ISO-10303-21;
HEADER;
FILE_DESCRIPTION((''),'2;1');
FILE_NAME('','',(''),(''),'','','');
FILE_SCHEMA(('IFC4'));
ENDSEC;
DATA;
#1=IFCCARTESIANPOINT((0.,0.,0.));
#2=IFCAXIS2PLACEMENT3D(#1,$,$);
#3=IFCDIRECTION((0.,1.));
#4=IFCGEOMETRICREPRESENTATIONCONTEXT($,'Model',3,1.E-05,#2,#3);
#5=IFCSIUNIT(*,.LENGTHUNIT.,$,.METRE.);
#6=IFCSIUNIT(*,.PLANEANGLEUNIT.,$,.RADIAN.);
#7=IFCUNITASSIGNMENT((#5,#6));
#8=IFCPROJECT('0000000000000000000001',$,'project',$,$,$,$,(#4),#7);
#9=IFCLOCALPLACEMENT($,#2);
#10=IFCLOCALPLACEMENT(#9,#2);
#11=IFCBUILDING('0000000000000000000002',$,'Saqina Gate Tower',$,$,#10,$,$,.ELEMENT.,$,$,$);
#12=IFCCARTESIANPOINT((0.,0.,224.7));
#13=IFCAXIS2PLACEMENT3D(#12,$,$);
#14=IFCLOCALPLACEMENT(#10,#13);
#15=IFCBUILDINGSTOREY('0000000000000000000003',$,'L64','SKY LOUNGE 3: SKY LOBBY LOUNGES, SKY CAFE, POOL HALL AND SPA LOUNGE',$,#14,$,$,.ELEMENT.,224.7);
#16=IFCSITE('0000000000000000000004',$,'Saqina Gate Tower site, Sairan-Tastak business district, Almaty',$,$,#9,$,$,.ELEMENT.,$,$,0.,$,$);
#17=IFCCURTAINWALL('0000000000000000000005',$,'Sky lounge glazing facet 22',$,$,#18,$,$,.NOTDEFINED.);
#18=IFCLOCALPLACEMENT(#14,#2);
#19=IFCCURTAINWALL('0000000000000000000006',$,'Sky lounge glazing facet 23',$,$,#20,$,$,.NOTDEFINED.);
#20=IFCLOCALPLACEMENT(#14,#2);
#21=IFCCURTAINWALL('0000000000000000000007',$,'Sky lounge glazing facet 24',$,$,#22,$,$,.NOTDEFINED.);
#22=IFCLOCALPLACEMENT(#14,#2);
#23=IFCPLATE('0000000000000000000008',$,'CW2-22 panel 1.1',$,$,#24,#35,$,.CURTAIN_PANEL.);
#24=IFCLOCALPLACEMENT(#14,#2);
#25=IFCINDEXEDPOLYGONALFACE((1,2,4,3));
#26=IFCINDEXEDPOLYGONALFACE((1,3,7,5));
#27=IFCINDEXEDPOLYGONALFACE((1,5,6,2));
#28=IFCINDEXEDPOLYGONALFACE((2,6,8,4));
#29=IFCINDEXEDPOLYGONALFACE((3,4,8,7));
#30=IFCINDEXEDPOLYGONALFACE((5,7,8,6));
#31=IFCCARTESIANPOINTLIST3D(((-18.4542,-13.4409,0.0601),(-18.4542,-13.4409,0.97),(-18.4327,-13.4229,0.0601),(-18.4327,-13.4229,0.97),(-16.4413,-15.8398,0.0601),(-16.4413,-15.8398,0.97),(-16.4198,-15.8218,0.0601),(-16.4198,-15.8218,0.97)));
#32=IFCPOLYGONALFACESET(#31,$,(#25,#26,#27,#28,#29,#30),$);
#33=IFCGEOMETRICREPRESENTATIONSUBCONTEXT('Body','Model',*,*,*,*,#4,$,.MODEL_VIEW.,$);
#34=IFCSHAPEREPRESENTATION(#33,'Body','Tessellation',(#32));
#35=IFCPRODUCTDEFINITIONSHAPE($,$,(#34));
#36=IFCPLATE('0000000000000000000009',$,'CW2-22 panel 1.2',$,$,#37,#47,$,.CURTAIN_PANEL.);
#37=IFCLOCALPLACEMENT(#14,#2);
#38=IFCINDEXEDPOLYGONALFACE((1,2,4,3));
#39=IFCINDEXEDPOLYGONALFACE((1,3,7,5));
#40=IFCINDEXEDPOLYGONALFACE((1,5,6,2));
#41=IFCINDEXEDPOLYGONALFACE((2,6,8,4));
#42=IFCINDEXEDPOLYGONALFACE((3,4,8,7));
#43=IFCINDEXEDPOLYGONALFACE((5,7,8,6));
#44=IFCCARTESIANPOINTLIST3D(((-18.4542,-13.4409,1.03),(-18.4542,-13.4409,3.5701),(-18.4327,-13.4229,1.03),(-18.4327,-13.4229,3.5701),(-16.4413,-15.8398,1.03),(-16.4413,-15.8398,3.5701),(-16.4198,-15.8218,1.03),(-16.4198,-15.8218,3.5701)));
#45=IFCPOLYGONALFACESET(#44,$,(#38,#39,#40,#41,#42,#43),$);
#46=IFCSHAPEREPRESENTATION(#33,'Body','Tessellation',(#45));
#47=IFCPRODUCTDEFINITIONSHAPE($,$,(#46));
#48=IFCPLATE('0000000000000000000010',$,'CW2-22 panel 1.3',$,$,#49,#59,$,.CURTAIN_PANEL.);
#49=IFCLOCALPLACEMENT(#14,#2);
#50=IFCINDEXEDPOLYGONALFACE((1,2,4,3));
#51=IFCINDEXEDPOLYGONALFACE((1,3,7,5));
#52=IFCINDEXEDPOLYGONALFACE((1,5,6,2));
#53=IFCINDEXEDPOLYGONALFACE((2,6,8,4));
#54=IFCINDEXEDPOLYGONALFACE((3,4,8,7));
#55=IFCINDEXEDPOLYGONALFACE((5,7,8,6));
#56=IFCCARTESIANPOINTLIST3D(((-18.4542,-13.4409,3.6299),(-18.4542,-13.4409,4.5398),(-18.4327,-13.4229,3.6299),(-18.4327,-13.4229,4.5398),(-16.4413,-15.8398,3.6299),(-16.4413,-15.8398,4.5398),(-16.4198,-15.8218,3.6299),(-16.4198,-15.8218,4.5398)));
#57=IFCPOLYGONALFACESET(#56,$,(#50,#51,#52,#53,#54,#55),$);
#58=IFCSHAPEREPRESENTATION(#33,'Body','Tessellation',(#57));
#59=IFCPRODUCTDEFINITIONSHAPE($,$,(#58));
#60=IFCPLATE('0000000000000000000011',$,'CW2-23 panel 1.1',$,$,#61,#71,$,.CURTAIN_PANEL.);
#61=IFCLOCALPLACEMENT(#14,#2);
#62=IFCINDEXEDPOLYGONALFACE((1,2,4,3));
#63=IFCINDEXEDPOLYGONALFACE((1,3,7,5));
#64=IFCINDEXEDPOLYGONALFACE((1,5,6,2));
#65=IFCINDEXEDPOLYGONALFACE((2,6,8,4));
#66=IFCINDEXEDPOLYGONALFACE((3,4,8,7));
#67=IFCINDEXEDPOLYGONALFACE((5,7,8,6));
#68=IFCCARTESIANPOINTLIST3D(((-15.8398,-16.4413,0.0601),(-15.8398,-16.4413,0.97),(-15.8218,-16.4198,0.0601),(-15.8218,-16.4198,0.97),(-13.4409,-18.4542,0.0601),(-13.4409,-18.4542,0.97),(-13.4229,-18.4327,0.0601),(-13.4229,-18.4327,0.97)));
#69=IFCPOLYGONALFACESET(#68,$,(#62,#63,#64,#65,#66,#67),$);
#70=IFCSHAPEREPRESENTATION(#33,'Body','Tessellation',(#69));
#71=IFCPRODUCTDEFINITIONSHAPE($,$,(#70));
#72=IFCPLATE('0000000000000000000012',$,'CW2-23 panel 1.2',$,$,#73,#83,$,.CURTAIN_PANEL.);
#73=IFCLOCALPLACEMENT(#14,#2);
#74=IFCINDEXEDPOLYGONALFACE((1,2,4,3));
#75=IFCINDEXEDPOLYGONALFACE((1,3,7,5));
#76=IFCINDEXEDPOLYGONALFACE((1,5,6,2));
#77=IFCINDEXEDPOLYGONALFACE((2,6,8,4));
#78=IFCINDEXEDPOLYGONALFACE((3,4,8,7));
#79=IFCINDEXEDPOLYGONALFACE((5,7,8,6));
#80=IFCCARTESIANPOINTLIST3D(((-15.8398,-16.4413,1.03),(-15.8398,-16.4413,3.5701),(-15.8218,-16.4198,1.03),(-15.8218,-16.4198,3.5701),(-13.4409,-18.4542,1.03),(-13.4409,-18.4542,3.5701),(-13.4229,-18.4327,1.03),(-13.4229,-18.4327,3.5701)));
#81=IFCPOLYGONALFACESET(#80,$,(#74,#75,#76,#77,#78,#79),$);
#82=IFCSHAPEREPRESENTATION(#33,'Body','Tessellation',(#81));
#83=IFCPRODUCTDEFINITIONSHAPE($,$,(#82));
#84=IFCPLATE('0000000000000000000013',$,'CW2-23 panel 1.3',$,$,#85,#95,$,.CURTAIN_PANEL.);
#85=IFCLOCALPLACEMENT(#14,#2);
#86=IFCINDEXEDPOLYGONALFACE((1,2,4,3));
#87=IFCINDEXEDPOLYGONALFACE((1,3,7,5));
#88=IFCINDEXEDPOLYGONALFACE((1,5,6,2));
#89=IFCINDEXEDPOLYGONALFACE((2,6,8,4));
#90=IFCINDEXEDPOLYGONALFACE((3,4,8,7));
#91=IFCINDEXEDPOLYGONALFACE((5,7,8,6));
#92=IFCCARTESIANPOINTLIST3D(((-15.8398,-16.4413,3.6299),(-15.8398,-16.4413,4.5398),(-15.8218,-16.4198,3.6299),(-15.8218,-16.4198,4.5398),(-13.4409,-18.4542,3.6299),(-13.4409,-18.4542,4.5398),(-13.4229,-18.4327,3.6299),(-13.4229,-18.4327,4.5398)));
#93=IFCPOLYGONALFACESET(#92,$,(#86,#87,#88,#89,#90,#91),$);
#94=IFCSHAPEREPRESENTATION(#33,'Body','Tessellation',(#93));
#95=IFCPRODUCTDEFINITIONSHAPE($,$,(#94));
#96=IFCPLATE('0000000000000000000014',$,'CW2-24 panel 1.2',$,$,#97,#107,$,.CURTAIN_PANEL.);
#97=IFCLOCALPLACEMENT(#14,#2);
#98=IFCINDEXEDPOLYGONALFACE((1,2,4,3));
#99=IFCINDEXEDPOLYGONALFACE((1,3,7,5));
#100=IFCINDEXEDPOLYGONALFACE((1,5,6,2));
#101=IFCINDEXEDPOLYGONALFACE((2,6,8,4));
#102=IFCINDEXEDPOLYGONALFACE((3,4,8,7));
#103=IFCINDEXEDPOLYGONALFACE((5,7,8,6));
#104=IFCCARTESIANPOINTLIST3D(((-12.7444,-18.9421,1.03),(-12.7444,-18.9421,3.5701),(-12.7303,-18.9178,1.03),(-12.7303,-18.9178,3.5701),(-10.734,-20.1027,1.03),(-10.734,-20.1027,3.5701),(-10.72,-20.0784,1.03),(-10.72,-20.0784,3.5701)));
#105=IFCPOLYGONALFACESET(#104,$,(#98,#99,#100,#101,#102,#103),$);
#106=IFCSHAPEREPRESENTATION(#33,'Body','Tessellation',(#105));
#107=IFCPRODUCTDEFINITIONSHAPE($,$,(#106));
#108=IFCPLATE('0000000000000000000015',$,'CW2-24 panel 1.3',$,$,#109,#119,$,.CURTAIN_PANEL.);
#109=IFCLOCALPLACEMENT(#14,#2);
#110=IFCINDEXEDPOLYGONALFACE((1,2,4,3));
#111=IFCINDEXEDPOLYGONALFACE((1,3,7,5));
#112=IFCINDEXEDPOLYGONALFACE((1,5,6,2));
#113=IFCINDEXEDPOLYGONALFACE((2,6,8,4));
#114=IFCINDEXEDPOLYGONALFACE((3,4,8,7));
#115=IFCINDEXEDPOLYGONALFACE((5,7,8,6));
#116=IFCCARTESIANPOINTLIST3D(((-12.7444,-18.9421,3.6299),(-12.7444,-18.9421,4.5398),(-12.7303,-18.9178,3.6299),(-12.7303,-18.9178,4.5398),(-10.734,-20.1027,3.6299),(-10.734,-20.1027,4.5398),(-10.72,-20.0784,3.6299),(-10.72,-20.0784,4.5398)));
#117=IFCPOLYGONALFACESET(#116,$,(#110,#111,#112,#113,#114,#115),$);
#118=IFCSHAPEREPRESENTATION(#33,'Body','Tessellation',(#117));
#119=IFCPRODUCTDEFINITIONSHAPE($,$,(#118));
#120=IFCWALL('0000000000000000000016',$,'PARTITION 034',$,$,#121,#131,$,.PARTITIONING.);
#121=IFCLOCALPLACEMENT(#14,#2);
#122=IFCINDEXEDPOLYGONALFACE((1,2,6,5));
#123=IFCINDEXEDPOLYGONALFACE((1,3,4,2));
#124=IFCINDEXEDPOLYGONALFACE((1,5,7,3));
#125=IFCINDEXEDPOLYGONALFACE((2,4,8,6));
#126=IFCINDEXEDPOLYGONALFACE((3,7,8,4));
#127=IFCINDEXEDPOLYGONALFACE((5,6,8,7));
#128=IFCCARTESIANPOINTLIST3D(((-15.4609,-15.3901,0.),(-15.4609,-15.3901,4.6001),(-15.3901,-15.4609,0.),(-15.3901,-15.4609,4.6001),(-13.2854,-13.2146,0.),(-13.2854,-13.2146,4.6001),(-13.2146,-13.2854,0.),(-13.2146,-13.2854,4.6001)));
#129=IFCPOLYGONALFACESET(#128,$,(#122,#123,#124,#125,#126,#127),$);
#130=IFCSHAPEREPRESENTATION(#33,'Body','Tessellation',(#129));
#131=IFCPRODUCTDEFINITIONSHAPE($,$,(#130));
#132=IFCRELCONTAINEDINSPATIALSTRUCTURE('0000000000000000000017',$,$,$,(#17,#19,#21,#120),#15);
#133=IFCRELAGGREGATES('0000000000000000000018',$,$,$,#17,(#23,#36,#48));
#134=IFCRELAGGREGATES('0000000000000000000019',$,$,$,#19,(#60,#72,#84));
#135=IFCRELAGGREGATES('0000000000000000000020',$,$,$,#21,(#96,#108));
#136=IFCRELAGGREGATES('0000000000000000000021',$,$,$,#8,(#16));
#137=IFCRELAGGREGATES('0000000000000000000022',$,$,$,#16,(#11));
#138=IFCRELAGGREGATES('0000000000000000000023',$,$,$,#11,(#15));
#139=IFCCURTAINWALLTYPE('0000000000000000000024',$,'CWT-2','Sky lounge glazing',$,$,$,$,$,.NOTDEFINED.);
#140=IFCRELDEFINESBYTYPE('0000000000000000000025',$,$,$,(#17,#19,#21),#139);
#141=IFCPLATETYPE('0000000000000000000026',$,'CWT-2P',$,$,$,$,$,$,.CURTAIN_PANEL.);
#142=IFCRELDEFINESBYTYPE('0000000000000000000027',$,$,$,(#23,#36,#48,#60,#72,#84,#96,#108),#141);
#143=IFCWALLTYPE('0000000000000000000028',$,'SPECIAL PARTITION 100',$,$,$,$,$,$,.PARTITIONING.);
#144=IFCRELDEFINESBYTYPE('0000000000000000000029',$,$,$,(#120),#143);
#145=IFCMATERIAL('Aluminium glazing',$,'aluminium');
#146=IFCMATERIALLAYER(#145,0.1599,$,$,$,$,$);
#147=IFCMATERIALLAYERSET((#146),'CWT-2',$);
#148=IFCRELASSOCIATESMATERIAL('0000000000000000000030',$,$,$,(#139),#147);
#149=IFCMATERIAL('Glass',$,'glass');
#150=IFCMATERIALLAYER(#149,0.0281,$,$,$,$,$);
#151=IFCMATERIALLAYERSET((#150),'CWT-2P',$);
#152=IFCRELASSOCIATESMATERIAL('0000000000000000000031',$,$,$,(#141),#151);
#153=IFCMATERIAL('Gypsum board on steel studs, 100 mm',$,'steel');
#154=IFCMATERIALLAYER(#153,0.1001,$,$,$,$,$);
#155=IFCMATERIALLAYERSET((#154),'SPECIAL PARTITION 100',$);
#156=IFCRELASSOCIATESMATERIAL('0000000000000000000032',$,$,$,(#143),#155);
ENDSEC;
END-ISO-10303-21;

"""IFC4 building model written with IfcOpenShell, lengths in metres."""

from ifc_helpers import new_model, si_unit, direction, frame, frame_2d, origin, origin_2d, place, context, subcontext, project, spatial, rectangle, extrude, material, layer, layer_set, type_object, element, aggregate, save


model = new_model("IFC4")

# Units and contexts
model_context = context("Model", 3, precision=1e-05, world=origin(), true_north=direction((0.0, 1.0)))
body_context = subcontext(model_context, "Body", "Model", "MODEL_VIEW")
ifc_project = project(units=[si_unit("LENGTHUNIT", "METRE"), si_unit("PLANEANGLEUNIT", "RADIAN")], contexts=[model_context])

# Site, building, storey
site_placement = place(None, origin())
site = spatial("IfcSite", under=ifc_project, at=site_placement, Name="Saqina Gate Tower site, Sairan-Tastak business district, Almaty", CompositionType="ELEMENT", RefElevation=0.0)
building_placement = place(site_placement, origin())
building = spatial("IfcBuilding", under=site, at=building_placement, Name="Saqina Gate Tower", CompositionType="ELEMENT")
storey_placement = place(building_placement, frame((0.0, 0.0, 224.7)))
storey = spatial("IfcBuildingStorey", under=building, at=storey_placement, Name="L64", Description="SKY LOUNGE 3: SKY LOBBY LOUNGES, SKY CAFE, POOL HALL AND SPA LOUNGE", CompositionType="ELEMENT", Elevation=224.7)

# Curtain wall
ifc_material_1 = material(Name="Aluminium glazing", Category="aluminium")
ifc_layer_1 = layer(ifc_material_1, 0.1599)
ifc_layer_set_1 = layer_set([ifc_layer_1], Name="CWT-2")
curtain_wall_type = type_object("IfcCurtainWallType", Name="CWT-2", Description="Sky lounge glazing", PredefinedType="NOTDEFINED", material=ifc_layer_set_1)
curtain_wall_1_placement = place(storey_placement, origin())
curtain_wall_1 = element("IfcCurtainWall", 1, at=curtain_wall_1_placement, inside=storey, type_object=curtain_wall_type, Name="Sky lounge glazing facet 22", PredefinedType="NOTDEFINED")

# Curtain wall
curtain_wall_2_placement = place(storey_placement, origin())
curtain_wall_2 = element("IfcCurtainWall", 2, at=curtain_wall_2_placement, inside=storey, type_object=curtain_wall_type, Name="Sky lounge glazing facet 23", PredefinedType="NOTDEFINED")

# Curtain wall
curtain_wall_3_placement = place(storey_placement, origin())
curtain_wall_3 = element("IfcCurtainWall", 3, at=curtain_wall_3_placement, inside=storey, type_object=curtain_wall_type, Name="Sky lounge glazing facet 24", PredefinedType="NOTDEFINED")

# Plates
ifc_material_2 = material(Name="Glass", Category="glass")
ifc_layer_2 = layer(ifc_material_2, 0.0281)
ifc_layer_set_2 = layer_set([ifc_layer_2], Name="CWT-2P")
plate_type = type_object("IfcPlateType", Name="CWT-2P", PredefinedType="CURTAIN_PANEL", material=ifc_layer_set_2)
plate_1_placement = place(storey_placement, frame((-17.437, -14.6313, 0.0601), z_axis=(0.0, 0.0, 1.0), x_axis=(0.642785, -0.766046, 0.0)))
plate_1 = element("IfcPlate", 4, at=plate_1_placement, type_object=plate_type, Name="CW2-22 panel 1.1", PredefinedType="CURTAIN_PANEL", context=body_context, shape_type="SweptSolid", body=[
    extrude(rectangle(XDim=3.1316, YDim=0.0281, at=origin_2d()), origin(), (0.0, 0.0, 1.0), 0.9099),
])
plate_2_placement = place(storey_placement, frame((-17.437, -14.6313, 1.03), z_axis=(0.0, 0.0, 1.0), x_axis=(0.642785, -0.766046, 0.0)))
plate_2 = element("IfcPlate", 5, at=plate_2_placement, type_object=plate_type, Name="CW2-22 panel 1.2", PredefinedType="CURTAIN_PANEL", context=body_context, shape_type="SweptSolid", body=[
    extrude(rectangle(XDim=3.1316, YDim=0.0281, at=origin_2d()), origin(), (0.0, 0.0, 1.0), 2.54),
])
plate_3_placement = place(storey_placement, frame((-17.437, -14.6313, 3.6299), z_axis=(0.0, 0.0, 1.0), x_axis=(0.642785, -0.766046, 0.0)))
plate_3 = element("IfcPlate", 6, at=plate_3_placement, type_object=plate_type, Name="CW2-22 panel 1.3", PredefinedType="CURTAIN_PANEL", context=body_context, shape_type="SweptSolid", body=[
    extrude(rectangle(XDim=3.1316, YDim=0.0281, at=origin_2d()), origin(), (0.0, 0.0, 1.0), 0.9099),
])
aggregate(curtain_wall_1, [plate_1, plate_2, plate_3])
plate_4_placement = place(storey_placement, frame((-14.6313, -17.437, 0.0601), z_axis=(0.0, 0.0, 1.0), x_axis=(0.766046, -0.642785, 0.0)))
plate_4 = element("IfcPlate", 7, at=plate_4_placement, type_object=plate_type, Name="CW2-23 panel 1.1", PredefinedType="CURTAIN_PANEL", context=body_context, shape_type="SweptSolid", body=[
    extrude(rectangle(XDim=3.1316, YDim=0.0281, at=origin_2d()), origin(), (0.0, 0.0, 1.0), 0.9099),
])
plate_5_placement = place(storey_placement, frame((-14.6313, -17.437, 1.03), z_axis=(0.0, 0.0, 1.0), x_axis=(0.766046, -0.642785, 0.0)))
plate_5 = element("IfcPlate", 8, at=plate_5_placement, type_object=plate_type, Name="CW2-23 panel 1.2", PredefinedType="CURTAIN_PANEL", context=body_context, shape_type="SweptSolid", body=[
    extrude(rectangle(XDim=3.1316, YDim=0.0281, at=origin_2d()), origin(), (0.0, 0.0, 1.0), 2.54),
])
plate_6_placement = place(storey_placement, frame((-14.6313, -17.437, 3.6299), z_axis=(0.0, 0.0, 1.0), x_axis=(0.766046, -0.642785, 0.0)))
plate_6 = element("IfcPlate", 9, at=plate_6_placement, type_object=plate_type, Name="CW2-23 panel 1.3", PredefinedType="CURTAIN_PANEL", context=body_context, shape_type="SweptSolid", body=[
    extrude(rectangle(XDim=3.1316, YDim=0.0281, at=origin_2d()), origin(), (0.0, 0.0, 1.0), 0.9099),
])
aggregate(curtain_wall_2, [plate_4, plate_5, plate_6])
plate_7_placement = place(storey_placement, frame((-11.7322, -19.5103, 1.03), z_axis=(0.0, 0.0, 1.0), x_axis=(0.866042, -0.499972, 0.0)))
plate_7 = element("IfcPlate", 10, at=plate_7_placement, type_object=plate_type, Name="CW2-24 panel 1.2", PredefinedType="CURTAIN_PANEL", context=body_context, shape_type="SweptSolid", body=[
    extrude(rectangle(XDim=2.3213, YDim=0.0281, at=origin_2d()), origin(), (0.0, 0.0, 1.0), 2.54),
])
plate_8_placement = place(storey_placement, frame((-11.7322, -19.5103, 3.6299), z_axis=(0.0, 0.0, 1.0), x_axis=(0.866042, -0.499972, 0.0)))
plate_8 = element("IfcPlate", 11, at=plate_8_placement, type_object=plate_type, Name="CW2-24 panel 1.3", PredefinedType="CURTAIN_PANEL", context=body_context, shape_type="SweptSolid", body=[
    extrude(rectangle(XDim=2.3213, YDim=0.0281, at=origin_2d()), origin(), (0.0, 0.0, 1.0), 0.9099),
])
aggregate(curtain_wall_3, [plate_7, plate_8])

# Wall
ifc_material_3 = material(Name="Gypsum board on steel studs, 100 mm", Category="steel")
ifc_layer_3 = layer(ifc_material_3, 0.1001)
ifc_layer_set_3 = layer_set([ifc_layer_3], Name="SPECIAL PARTITION 100")
wall_type = type_object("IfcWallType", Name="SPECIAL PARTITION 100", PredefinedType="PARTITIONING", material=ifc_layer_set_3)
wall_placement = place(storey_placement, frame((-15.4255, -15.4255, 0.0), z_axis=(0.0, 0.0, 1.0), x_axis=(0.707107, 0.707107, 0.0)))
element("IfcWall", 12, at=wall_placement, inside=storey, type_object=wall_type, Name="PARTITION 034", PredefinedType="PARTITIONING", context=body_context, shape_type="SweptSolid", body=[
    extrude(rectangle(XDim=3.0767, YDim=0.1001, at=frame_2d((1.5383, 0.0))), origin(), (0.0, 0.0, 1.0), 4.6001),
])

save(model, "model.ifc")
